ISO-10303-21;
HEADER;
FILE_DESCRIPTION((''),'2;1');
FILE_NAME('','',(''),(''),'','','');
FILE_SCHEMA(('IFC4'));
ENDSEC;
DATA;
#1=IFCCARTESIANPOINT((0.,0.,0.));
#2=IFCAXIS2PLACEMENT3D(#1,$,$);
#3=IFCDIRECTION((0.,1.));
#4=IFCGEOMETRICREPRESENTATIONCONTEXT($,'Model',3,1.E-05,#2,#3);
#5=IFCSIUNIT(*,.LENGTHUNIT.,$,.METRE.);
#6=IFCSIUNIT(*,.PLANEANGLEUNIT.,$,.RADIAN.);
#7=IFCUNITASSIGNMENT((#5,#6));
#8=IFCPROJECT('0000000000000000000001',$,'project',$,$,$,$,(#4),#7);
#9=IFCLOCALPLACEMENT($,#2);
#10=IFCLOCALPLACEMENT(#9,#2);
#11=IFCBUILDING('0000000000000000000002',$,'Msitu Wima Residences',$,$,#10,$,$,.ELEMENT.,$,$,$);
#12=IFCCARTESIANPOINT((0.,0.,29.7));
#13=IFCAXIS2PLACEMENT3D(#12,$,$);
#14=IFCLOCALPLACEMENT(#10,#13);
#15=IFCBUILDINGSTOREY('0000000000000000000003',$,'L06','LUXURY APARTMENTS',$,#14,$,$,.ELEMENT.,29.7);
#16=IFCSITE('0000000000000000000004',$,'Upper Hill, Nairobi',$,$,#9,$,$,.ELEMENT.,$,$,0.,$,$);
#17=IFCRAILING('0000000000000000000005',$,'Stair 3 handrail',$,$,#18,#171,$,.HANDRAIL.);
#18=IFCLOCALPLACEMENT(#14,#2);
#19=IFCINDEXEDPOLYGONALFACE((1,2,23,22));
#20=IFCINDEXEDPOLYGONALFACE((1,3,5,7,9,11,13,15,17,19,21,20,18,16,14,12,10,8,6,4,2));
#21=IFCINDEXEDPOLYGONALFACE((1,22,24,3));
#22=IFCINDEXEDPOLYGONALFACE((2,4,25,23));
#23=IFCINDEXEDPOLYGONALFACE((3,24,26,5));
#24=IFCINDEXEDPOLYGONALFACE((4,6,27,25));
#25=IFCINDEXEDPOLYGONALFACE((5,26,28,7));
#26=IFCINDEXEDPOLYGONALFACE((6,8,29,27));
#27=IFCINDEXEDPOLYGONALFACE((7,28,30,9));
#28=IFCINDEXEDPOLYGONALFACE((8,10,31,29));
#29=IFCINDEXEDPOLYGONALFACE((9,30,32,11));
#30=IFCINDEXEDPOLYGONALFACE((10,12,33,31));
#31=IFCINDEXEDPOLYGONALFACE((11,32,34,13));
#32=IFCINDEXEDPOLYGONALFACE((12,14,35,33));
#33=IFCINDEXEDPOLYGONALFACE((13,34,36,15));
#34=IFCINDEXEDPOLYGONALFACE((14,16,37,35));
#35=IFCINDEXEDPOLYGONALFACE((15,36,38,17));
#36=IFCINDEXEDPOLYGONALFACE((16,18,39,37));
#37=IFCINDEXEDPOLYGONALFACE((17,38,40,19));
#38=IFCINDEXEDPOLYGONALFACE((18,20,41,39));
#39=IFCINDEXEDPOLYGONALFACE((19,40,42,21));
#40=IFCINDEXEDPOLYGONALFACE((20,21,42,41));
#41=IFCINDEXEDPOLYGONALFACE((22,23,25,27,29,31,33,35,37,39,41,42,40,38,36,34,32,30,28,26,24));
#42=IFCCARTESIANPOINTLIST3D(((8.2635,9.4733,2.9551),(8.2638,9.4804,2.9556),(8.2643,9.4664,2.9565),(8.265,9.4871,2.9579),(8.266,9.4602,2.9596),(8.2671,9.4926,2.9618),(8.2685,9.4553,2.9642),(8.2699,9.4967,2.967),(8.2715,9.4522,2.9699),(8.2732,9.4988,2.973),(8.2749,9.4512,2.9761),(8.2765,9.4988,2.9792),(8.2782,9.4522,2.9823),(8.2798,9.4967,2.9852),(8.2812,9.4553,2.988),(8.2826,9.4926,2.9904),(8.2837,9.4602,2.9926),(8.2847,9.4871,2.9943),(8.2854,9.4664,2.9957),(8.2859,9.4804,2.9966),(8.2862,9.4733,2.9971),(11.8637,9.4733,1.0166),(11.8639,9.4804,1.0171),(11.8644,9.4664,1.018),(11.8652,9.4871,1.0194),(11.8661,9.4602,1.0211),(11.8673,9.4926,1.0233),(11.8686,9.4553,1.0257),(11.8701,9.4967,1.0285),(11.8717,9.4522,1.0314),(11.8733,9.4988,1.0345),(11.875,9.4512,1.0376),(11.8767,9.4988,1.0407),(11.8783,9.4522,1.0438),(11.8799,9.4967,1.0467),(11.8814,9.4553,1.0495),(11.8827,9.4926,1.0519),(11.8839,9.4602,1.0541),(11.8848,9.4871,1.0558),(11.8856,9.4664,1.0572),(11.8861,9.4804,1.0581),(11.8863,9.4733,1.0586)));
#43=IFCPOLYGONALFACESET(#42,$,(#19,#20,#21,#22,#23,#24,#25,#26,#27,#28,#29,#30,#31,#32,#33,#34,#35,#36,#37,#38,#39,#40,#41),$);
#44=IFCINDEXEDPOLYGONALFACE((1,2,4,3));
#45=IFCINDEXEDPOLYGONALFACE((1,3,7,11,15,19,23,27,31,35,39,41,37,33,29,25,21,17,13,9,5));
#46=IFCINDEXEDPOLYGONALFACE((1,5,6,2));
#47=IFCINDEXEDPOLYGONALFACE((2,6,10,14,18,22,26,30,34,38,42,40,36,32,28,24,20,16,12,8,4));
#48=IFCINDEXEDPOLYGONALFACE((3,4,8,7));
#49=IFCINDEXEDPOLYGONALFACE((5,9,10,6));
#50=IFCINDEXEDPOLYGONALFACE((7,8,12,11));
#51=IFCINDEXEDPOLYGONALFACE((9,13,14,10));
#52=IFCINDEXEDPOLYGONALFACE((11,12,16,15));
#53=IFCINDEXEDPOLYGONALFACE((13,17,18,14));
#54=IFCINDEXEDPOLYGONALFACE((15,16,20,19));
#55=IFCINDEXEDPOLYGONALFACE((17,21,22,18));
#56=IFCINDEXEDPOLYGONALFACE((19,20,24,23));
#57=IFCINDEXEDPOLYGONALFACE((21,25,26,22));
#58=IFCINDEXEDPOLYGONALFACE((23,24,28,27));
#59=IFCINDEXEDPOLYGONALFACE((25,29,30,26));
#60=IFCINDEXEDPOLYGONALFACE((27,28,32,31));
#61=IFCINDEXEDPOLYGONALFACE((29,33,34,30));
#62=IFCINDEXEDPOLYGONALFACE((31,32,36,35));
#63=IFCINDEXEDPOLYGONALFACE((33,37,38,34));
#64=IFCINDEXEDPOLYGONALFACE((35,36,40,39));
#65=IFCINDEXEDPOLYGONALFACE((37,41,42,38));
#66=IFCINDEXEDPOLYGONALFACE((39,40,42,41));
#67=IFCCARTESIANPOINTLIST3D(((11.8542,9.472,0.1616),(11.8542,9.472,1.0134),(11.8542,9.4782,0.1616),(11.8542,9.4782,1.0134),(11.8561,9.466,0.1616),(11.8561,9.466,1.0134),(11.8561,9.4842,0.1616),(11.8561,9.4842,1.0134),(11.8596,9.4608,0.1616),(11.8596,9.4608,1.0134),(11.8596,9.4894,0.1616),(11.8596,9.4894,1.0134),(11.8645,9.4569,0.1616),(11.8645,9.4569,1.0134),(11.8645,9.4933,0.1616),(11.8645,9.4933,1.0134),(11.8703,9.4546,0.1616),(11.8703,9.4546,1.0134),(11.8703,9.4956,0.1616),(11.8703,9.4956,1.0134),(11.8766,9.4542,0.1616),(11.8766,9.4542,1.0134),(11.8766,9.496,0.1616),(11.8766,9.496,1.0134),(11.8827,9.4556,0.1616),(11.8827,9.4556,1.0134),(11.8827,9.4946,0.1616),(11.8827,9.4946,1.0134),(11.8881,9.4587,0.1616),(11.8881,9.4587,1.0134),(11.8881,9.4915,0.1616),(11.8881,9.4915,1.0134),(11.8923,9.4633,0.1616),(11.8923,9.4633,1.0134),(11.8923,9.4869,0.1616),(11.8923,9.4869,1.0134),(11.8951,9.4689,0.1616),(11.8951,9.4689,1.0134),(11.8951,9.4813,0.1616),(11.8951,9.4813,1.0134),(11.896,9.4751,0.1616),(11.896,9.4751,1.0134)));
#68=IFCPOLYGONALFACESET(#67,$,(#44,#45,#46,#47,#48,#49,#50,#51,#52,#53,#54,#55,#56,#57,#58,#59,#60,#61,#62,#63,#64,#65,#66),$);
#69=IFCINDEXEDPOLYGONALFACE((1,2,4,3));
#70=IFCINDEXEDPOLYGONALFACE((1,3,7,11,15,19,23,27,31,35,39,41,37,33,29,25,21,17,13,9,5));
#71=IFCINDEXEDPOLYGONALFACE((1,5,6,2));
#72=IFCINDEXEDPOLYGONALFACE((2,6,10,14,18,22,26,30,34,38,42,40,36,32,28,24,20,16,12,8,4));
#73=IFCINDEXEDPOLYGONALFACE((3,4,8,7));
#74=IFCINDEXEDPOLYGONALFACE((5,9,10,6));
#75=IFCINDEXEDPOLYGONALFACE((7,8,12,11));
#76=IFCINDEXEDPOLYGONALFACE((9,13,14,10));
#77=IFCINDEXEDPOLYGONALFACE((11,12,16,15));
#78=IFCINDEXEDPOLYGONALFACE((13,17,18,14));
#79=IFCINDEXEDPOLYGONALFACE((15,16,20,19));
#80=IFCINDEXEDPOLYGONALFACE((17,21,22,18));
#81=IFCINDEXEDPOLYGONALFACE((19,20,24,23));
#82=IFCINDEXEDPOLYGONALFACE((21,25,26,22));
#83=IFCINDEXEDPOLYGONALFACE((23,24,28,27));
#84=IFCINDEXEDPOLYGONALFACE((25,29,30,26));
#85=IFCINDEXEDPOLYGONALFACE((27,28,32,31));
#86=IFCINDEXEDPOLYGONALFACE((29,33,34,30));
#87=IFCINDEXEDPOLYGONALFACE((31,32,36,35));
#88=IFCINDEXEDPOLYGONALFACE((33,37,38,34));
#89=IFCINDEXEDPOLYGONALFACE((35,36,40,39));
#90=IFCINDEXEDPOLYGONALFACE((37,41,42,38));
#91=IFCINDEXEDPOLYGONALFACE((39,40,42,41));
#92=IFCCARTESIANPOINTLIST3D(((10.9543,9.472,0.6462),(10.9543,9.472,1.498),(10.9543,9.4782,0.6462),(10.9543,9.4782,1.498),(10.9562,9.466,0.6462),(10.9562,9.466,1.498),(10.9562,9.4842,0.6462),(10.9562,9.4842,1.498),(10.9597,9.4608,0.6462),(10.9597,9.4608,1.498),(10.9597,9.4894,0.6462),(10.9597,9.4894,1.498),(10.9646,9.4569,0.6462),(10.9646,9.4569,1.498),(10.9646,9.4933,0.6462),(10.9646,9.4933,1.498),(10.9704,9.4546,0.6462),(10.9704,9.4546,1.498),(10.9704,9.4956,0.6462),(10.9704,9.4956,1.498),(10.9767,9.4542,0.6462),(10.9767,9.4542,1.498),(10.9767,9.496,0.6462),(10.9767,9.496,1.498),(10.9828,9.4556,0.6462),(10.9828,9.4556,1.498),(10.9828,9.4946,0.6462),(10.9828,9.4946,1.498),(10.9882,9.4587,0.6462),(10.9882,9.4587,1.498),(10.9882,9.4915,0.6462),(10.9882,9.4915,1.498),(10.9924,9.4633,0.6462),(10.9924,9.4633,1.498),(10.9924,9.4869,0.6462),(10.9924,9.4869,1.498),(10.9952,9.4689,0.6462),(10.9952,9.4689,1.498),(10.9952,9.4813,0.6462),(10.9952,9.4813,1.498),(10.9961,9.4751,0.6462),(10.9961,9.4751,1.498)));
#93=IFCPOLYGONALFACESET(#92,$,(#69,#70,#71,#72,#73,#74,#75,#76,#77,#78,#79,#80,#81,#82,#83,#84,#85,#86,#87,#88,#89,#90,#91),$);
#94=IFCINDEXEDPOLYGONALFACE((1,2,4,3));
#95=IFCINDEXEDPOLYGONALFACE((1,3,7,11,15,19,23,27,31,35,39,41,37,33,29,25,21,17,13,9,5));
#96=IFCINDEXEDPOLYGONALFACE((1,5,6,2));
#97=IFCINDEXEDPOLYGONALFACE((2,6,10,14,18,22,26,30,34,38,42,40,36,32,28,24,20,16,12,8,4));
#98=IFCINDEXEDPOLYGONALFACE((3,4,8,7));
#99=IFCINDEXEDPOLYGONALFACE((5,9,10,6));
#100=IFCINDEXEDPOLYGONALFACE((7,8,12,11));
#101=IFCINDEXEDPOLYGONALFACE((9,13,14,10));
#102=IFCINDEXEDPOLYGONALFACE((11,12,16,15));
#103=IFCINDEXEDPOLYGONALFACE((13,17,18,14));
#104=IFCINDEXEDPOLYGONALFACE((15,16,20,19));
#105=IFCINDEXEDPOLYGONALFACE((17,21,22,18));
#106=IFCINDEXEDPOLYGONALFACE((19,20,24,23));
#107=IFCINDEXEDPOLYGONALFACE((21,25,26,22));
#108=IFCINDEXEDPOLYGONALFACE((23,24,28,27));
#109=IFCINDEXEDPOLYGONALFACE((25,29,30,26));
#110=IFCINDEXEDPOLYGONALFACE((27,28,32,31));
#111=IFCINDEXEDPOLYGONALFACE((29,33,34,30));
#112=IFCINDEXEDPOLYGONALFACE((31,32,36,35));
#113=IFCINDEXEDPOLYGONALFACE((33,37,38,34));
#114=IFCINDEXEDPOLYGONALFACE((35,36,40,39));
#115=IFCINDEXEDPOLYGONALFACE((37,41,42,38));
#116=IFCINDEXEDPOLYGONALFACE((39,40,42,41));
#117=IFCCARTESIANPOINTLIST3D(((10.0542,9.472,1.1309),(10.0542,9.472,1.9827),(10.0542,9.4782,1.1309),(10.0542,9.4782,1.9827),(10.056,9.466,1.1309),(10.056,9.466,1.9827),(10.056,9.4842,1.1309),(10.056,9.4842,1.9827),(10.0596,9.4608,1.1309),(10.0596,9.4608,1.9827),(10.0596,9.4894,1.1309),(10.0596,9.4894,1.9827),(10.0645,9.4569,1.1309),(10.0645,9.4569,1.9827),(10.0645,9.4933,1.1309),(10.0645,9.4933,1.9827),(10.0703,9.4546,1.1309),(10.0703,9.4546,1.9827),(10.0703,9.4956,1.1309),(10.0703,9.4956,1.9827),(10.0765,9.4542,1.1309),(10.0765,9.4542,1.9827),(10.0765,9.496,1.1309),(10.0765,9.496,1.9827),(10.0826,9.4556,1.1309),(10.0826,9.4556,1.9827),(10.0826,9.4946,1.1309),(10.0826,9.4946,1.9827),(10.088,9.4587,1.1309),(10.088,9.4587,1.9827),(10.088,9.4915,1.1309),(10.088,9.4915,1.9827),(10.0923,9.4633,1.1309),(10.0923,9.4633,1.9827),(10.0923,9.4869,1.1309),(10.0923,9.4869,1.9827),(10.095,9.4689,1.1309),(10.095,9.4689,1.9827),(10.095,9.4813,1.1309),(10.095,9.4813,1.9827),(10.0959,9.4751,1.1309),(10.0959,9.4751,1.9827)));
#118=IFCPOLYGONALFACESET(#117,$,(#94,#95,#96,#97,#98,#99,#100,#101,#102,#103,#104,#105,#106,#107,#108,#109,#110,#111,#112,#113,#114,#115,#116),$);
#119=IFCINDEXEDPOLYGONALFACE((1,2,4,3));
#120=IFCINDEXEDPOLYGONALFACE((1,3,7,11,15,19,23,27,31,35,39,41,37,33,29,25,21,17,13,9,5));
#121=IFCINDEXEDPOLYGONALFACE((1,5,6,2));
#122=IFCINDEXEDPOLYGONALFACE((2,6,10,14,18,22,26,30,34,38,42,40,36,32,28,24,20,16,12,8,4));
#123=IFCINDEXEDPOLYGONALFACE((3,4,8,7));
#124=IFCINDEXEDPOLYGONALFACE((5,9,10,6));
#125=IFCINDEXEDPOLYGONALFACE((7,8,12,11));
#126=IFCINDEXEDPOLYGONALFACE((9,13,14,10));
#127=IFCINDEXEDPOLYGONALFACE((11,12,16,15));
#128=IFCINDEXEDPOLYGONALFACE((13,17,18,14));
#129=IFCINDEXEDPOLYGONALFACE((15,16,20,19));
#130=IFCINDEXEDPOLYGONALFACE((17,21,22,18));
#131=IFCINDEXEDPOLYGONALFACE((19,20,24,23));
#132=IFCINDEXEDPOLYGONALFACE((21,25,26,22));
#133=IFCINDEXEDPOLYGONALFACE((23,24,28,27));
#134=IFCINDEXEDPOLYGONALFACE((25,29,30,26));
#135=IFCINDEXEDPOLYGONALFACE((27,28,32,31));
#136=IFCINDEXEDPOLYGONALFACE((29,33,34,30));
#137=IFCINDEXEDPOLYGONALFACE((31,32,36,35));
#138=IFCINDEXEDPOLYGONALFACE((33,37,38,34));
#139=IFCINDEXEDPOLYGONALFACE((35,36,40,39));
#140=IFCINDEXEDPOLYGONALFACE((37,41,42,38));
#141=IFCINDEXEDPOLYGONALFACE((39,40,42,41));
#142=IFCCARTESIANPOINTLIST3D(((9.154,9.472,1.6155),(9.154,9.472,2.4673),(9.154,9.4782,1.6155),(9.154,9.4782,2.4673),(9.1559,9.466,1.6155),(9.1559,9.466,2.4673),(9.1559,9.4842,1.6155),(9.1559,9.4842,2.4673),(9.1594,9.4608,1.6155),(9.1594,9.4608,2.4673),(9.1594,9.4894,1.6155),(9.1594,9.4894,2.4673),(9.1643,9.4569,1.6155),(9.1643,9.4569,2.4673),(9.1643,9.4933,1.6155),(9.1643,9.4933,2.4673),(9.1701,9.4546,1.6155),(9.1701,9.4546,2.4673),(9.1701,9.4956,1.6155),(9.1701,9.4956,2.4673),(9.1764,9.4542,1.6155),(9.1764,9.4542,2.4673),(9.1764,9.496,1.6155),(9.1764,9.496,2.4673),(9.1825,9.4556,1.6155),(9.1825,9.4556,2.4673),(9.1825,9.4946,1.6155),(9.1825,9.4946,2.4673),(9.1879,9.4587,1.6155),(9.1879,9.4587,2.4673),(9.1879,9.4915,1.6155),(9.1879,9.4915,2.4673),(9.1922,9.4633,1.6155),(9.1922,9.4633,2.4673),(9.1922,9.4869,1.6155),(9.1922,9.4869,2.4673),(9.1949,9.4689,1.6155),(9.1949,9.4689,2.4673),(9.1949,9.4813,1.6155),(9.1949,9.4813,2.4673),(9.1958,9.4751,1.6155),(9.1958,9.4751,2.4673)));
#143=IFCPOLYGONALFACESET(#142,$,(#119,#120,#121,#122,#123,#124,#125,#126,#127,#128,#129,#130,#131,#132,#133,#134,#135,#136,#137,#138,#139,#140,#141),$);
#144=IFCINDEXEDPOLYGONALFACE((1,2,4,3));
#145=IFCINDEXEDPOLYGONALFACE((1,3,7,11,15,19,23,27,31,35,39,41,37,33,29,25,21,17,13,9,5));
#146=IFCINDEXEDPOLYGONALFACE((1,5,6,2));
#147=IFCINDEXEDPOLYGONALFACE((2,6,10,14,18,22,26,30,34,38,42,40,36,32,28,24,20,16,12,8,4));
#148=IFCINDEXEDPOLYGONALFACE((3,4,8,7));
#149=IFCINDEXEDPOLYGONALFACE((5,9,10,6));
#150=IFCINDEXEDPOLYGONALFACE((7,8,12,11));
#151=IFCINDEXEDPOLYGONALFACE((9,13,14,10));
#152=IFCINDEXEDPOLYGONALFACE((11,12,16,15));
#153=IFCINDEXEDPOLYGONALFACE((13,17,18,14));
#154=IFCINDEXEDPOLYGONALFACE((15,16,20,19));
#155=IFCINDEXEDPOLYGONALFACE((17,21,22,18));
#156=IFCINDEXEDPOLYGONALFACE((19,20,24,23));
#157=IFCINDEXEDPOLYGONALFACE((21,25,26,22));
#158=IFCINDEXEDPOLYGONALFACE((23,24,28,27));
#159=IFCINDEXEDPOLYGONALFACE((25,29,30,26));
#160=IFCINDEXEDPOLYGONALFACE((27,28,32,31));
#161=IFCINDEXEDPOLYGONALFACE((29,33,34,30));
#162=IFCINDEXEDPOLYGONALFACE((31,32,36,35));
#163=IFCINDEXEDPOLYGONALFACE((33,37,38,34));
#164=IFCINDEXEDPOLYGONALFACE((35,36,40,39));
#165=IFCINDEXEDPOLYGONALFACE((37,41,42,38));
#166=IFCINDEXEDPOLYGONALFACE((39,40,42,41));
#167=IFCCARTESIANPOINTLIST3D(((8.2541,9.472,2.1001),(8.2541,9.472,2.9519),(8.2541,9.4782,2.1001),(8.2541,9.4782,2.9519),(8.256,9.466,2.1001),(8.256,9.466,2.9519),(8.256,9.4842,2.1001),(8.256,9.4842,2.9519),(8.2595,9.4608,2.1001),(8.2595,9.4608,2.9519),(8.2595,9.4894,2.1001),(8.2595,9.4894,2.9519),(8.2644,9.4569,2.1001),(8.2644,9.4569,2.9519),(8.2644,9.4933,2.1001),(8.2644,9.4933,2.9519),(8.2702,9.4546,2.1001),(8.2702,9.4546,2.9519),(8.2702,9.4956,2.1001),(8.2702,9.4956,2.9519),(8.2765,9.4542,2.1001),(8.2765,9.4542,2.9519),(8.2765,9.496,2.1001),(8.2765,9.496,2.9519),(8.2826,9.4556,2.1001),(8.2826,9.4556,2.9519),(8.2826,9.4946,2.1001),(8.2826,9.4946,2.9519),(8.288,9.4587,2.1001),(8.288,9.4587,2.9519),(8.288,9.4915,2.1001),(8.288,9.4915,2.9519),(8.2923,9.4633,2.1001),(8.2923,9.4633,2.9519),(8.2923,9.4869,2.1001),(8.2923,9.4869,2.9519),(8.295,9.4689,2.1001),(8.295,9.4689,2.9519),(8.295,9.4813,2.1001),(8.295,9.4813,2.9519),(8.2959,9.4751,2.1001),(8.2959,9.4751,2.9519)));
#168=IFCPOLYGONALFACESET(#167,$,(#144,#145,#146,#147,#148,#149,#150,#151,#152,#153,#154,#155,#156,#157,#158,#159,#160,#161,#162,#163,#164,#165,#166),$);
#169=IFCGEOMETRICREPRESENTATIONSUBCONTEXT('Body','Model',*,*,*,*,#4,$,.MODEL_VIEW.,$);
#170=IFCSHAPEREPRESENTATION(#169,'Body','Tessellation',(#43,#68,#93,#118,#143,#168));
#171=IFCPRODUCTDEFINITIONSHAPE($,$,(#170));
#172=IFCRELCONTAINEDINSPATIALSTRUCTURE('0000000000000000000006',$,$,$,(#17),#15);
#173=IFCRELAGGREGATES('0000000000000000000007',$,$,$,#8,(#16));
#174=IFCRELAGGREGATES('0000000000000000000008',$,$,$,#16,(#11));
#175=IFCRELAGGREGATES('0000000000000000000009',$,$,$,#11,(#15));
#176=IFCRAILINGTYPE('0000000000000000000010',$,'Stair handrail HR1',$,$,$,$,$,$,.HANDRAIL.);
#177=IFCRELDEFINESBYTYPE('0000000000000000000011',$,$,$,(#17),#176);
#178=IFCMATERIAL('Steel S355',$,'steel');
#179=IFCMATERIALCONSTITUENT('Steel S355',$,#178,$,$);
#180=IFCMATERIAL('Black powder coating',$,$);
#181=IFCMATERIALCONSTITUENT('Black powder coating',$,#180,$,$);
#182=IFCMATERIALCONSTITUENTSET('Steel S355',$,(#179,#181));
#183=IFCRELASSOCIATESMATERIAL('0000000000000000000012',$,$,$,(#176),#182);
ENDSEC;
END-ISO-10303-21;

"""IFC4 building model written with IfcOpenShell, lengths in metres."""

from ifc_helpers import new_model, si_unit, direction, frame, origin, origin_2d, place, context, subcontext, project, spatial, circle, extrude, material, constituent, constituent_set, type_object, element, save


model = new_model("IFC4")

# Units and contexts
model_context = context("Model", 3, precision=1e-05, world=origin(), true_north=direction((0.0, 1.0)))
body_context = subcontext(model_context, "Body", "Model", "MODEL_VIEW")
ifc_project = project(units=[si_unit("LENGTHUNIT", "METRE"), si_unit("PLANEANGLEUNIT", "RADIAN")], contexts=[model_context])

# Site, building, storey
site_placement = place(None, origin())
site = spatial("IfcSite", under=ifc_project, at=site_placement, Name="Upper Hill, Nairobi", CompositionType="ELEMENT", RefElevation=0.0)
building_placement = place(site_placement, origin())
building = spatial("IfcBuilding", under=site, at=building_placement, Name="Msitu Wima Residences", CompositionType="ELEMENT")
storey_placement = place(building_placement, frame((0.0, 0.0, 29.7)))
storey = spatial("IfcBuildingStorey", under=building, at=storey_placement, Name="L06", Description="LUXURY APARTMENTS", CompositionType="ELEMENT", Elevation=29.7)

# Railing
ifc_material_1 = material(Name="Steel S355", Category="steel")
ifc_constituent_1 = constituent(ifc_material_1, Name="Steel S355")
ifc_material_2 = material(Name="Black powder coating")
ifc_constituent_2 = constituent(ifc_material_2, Name="Black powder coating")
ifc_constituent_set = constituent_set(constituents=[ifc_constituent_1, ifc_constituent_2], Name="Steel S355")
railing_type = type_object("IfcRailingType", Name="Stair handrail HR1", PredefinedType="HANDRAIL", material=ifc_constituent_set)
for number, where, name in (
    (1, (11.875, 9.4751, 0.1616), "Stair 3 handrail"),
):
    element("IfcRailing", number, at=place(storey_placement, frame(where)), inside=storey, type_object=railing_type, Name=name, PredefinedType="HANDRAIL", context=body_context, shape_type="SweptSolid", body=[
        extrude(circle(Radius=0.0239, at=origin_2d()), frame((0.0, 0.0, 0.876), z_axis=(-0.880475, 0.0, 0.474093), x_axis=(0.0, -1.0, 0.0)), (0.0, 0.0, 1.0), 4.0889),
        extrude(circle(Radius=0.021, at=origin_2d()), origin(), (0.0, 0.0, 1.0), 0.8518),
        extrude(circle(Radius=0.021, at=origin_2d()), frame((-0.8999, 0.0, 0.4846)), (0.0, 0.0, 1.0), 0.8518),
        extrude(circle(Radius=0.021, at=origin_2d()), frame((-1.8, 0.0, 0.9692)), (0.0, 0.0, 1.0), 0.8518),
        extrude(circle(Radius=0.021, at=origin_2d()), frame((-2.7002, 0.0, 1.4539)), (0.0, 0.0, 1.0), 0.8518),
        extrude(circle(Radius=0.021, at=origin_2d()), frame((-3.6001, 0.0, 1.9385)), (0.0, 0.0, 1.0), 0.8518),
    ])

save(model, "model.ifc")
